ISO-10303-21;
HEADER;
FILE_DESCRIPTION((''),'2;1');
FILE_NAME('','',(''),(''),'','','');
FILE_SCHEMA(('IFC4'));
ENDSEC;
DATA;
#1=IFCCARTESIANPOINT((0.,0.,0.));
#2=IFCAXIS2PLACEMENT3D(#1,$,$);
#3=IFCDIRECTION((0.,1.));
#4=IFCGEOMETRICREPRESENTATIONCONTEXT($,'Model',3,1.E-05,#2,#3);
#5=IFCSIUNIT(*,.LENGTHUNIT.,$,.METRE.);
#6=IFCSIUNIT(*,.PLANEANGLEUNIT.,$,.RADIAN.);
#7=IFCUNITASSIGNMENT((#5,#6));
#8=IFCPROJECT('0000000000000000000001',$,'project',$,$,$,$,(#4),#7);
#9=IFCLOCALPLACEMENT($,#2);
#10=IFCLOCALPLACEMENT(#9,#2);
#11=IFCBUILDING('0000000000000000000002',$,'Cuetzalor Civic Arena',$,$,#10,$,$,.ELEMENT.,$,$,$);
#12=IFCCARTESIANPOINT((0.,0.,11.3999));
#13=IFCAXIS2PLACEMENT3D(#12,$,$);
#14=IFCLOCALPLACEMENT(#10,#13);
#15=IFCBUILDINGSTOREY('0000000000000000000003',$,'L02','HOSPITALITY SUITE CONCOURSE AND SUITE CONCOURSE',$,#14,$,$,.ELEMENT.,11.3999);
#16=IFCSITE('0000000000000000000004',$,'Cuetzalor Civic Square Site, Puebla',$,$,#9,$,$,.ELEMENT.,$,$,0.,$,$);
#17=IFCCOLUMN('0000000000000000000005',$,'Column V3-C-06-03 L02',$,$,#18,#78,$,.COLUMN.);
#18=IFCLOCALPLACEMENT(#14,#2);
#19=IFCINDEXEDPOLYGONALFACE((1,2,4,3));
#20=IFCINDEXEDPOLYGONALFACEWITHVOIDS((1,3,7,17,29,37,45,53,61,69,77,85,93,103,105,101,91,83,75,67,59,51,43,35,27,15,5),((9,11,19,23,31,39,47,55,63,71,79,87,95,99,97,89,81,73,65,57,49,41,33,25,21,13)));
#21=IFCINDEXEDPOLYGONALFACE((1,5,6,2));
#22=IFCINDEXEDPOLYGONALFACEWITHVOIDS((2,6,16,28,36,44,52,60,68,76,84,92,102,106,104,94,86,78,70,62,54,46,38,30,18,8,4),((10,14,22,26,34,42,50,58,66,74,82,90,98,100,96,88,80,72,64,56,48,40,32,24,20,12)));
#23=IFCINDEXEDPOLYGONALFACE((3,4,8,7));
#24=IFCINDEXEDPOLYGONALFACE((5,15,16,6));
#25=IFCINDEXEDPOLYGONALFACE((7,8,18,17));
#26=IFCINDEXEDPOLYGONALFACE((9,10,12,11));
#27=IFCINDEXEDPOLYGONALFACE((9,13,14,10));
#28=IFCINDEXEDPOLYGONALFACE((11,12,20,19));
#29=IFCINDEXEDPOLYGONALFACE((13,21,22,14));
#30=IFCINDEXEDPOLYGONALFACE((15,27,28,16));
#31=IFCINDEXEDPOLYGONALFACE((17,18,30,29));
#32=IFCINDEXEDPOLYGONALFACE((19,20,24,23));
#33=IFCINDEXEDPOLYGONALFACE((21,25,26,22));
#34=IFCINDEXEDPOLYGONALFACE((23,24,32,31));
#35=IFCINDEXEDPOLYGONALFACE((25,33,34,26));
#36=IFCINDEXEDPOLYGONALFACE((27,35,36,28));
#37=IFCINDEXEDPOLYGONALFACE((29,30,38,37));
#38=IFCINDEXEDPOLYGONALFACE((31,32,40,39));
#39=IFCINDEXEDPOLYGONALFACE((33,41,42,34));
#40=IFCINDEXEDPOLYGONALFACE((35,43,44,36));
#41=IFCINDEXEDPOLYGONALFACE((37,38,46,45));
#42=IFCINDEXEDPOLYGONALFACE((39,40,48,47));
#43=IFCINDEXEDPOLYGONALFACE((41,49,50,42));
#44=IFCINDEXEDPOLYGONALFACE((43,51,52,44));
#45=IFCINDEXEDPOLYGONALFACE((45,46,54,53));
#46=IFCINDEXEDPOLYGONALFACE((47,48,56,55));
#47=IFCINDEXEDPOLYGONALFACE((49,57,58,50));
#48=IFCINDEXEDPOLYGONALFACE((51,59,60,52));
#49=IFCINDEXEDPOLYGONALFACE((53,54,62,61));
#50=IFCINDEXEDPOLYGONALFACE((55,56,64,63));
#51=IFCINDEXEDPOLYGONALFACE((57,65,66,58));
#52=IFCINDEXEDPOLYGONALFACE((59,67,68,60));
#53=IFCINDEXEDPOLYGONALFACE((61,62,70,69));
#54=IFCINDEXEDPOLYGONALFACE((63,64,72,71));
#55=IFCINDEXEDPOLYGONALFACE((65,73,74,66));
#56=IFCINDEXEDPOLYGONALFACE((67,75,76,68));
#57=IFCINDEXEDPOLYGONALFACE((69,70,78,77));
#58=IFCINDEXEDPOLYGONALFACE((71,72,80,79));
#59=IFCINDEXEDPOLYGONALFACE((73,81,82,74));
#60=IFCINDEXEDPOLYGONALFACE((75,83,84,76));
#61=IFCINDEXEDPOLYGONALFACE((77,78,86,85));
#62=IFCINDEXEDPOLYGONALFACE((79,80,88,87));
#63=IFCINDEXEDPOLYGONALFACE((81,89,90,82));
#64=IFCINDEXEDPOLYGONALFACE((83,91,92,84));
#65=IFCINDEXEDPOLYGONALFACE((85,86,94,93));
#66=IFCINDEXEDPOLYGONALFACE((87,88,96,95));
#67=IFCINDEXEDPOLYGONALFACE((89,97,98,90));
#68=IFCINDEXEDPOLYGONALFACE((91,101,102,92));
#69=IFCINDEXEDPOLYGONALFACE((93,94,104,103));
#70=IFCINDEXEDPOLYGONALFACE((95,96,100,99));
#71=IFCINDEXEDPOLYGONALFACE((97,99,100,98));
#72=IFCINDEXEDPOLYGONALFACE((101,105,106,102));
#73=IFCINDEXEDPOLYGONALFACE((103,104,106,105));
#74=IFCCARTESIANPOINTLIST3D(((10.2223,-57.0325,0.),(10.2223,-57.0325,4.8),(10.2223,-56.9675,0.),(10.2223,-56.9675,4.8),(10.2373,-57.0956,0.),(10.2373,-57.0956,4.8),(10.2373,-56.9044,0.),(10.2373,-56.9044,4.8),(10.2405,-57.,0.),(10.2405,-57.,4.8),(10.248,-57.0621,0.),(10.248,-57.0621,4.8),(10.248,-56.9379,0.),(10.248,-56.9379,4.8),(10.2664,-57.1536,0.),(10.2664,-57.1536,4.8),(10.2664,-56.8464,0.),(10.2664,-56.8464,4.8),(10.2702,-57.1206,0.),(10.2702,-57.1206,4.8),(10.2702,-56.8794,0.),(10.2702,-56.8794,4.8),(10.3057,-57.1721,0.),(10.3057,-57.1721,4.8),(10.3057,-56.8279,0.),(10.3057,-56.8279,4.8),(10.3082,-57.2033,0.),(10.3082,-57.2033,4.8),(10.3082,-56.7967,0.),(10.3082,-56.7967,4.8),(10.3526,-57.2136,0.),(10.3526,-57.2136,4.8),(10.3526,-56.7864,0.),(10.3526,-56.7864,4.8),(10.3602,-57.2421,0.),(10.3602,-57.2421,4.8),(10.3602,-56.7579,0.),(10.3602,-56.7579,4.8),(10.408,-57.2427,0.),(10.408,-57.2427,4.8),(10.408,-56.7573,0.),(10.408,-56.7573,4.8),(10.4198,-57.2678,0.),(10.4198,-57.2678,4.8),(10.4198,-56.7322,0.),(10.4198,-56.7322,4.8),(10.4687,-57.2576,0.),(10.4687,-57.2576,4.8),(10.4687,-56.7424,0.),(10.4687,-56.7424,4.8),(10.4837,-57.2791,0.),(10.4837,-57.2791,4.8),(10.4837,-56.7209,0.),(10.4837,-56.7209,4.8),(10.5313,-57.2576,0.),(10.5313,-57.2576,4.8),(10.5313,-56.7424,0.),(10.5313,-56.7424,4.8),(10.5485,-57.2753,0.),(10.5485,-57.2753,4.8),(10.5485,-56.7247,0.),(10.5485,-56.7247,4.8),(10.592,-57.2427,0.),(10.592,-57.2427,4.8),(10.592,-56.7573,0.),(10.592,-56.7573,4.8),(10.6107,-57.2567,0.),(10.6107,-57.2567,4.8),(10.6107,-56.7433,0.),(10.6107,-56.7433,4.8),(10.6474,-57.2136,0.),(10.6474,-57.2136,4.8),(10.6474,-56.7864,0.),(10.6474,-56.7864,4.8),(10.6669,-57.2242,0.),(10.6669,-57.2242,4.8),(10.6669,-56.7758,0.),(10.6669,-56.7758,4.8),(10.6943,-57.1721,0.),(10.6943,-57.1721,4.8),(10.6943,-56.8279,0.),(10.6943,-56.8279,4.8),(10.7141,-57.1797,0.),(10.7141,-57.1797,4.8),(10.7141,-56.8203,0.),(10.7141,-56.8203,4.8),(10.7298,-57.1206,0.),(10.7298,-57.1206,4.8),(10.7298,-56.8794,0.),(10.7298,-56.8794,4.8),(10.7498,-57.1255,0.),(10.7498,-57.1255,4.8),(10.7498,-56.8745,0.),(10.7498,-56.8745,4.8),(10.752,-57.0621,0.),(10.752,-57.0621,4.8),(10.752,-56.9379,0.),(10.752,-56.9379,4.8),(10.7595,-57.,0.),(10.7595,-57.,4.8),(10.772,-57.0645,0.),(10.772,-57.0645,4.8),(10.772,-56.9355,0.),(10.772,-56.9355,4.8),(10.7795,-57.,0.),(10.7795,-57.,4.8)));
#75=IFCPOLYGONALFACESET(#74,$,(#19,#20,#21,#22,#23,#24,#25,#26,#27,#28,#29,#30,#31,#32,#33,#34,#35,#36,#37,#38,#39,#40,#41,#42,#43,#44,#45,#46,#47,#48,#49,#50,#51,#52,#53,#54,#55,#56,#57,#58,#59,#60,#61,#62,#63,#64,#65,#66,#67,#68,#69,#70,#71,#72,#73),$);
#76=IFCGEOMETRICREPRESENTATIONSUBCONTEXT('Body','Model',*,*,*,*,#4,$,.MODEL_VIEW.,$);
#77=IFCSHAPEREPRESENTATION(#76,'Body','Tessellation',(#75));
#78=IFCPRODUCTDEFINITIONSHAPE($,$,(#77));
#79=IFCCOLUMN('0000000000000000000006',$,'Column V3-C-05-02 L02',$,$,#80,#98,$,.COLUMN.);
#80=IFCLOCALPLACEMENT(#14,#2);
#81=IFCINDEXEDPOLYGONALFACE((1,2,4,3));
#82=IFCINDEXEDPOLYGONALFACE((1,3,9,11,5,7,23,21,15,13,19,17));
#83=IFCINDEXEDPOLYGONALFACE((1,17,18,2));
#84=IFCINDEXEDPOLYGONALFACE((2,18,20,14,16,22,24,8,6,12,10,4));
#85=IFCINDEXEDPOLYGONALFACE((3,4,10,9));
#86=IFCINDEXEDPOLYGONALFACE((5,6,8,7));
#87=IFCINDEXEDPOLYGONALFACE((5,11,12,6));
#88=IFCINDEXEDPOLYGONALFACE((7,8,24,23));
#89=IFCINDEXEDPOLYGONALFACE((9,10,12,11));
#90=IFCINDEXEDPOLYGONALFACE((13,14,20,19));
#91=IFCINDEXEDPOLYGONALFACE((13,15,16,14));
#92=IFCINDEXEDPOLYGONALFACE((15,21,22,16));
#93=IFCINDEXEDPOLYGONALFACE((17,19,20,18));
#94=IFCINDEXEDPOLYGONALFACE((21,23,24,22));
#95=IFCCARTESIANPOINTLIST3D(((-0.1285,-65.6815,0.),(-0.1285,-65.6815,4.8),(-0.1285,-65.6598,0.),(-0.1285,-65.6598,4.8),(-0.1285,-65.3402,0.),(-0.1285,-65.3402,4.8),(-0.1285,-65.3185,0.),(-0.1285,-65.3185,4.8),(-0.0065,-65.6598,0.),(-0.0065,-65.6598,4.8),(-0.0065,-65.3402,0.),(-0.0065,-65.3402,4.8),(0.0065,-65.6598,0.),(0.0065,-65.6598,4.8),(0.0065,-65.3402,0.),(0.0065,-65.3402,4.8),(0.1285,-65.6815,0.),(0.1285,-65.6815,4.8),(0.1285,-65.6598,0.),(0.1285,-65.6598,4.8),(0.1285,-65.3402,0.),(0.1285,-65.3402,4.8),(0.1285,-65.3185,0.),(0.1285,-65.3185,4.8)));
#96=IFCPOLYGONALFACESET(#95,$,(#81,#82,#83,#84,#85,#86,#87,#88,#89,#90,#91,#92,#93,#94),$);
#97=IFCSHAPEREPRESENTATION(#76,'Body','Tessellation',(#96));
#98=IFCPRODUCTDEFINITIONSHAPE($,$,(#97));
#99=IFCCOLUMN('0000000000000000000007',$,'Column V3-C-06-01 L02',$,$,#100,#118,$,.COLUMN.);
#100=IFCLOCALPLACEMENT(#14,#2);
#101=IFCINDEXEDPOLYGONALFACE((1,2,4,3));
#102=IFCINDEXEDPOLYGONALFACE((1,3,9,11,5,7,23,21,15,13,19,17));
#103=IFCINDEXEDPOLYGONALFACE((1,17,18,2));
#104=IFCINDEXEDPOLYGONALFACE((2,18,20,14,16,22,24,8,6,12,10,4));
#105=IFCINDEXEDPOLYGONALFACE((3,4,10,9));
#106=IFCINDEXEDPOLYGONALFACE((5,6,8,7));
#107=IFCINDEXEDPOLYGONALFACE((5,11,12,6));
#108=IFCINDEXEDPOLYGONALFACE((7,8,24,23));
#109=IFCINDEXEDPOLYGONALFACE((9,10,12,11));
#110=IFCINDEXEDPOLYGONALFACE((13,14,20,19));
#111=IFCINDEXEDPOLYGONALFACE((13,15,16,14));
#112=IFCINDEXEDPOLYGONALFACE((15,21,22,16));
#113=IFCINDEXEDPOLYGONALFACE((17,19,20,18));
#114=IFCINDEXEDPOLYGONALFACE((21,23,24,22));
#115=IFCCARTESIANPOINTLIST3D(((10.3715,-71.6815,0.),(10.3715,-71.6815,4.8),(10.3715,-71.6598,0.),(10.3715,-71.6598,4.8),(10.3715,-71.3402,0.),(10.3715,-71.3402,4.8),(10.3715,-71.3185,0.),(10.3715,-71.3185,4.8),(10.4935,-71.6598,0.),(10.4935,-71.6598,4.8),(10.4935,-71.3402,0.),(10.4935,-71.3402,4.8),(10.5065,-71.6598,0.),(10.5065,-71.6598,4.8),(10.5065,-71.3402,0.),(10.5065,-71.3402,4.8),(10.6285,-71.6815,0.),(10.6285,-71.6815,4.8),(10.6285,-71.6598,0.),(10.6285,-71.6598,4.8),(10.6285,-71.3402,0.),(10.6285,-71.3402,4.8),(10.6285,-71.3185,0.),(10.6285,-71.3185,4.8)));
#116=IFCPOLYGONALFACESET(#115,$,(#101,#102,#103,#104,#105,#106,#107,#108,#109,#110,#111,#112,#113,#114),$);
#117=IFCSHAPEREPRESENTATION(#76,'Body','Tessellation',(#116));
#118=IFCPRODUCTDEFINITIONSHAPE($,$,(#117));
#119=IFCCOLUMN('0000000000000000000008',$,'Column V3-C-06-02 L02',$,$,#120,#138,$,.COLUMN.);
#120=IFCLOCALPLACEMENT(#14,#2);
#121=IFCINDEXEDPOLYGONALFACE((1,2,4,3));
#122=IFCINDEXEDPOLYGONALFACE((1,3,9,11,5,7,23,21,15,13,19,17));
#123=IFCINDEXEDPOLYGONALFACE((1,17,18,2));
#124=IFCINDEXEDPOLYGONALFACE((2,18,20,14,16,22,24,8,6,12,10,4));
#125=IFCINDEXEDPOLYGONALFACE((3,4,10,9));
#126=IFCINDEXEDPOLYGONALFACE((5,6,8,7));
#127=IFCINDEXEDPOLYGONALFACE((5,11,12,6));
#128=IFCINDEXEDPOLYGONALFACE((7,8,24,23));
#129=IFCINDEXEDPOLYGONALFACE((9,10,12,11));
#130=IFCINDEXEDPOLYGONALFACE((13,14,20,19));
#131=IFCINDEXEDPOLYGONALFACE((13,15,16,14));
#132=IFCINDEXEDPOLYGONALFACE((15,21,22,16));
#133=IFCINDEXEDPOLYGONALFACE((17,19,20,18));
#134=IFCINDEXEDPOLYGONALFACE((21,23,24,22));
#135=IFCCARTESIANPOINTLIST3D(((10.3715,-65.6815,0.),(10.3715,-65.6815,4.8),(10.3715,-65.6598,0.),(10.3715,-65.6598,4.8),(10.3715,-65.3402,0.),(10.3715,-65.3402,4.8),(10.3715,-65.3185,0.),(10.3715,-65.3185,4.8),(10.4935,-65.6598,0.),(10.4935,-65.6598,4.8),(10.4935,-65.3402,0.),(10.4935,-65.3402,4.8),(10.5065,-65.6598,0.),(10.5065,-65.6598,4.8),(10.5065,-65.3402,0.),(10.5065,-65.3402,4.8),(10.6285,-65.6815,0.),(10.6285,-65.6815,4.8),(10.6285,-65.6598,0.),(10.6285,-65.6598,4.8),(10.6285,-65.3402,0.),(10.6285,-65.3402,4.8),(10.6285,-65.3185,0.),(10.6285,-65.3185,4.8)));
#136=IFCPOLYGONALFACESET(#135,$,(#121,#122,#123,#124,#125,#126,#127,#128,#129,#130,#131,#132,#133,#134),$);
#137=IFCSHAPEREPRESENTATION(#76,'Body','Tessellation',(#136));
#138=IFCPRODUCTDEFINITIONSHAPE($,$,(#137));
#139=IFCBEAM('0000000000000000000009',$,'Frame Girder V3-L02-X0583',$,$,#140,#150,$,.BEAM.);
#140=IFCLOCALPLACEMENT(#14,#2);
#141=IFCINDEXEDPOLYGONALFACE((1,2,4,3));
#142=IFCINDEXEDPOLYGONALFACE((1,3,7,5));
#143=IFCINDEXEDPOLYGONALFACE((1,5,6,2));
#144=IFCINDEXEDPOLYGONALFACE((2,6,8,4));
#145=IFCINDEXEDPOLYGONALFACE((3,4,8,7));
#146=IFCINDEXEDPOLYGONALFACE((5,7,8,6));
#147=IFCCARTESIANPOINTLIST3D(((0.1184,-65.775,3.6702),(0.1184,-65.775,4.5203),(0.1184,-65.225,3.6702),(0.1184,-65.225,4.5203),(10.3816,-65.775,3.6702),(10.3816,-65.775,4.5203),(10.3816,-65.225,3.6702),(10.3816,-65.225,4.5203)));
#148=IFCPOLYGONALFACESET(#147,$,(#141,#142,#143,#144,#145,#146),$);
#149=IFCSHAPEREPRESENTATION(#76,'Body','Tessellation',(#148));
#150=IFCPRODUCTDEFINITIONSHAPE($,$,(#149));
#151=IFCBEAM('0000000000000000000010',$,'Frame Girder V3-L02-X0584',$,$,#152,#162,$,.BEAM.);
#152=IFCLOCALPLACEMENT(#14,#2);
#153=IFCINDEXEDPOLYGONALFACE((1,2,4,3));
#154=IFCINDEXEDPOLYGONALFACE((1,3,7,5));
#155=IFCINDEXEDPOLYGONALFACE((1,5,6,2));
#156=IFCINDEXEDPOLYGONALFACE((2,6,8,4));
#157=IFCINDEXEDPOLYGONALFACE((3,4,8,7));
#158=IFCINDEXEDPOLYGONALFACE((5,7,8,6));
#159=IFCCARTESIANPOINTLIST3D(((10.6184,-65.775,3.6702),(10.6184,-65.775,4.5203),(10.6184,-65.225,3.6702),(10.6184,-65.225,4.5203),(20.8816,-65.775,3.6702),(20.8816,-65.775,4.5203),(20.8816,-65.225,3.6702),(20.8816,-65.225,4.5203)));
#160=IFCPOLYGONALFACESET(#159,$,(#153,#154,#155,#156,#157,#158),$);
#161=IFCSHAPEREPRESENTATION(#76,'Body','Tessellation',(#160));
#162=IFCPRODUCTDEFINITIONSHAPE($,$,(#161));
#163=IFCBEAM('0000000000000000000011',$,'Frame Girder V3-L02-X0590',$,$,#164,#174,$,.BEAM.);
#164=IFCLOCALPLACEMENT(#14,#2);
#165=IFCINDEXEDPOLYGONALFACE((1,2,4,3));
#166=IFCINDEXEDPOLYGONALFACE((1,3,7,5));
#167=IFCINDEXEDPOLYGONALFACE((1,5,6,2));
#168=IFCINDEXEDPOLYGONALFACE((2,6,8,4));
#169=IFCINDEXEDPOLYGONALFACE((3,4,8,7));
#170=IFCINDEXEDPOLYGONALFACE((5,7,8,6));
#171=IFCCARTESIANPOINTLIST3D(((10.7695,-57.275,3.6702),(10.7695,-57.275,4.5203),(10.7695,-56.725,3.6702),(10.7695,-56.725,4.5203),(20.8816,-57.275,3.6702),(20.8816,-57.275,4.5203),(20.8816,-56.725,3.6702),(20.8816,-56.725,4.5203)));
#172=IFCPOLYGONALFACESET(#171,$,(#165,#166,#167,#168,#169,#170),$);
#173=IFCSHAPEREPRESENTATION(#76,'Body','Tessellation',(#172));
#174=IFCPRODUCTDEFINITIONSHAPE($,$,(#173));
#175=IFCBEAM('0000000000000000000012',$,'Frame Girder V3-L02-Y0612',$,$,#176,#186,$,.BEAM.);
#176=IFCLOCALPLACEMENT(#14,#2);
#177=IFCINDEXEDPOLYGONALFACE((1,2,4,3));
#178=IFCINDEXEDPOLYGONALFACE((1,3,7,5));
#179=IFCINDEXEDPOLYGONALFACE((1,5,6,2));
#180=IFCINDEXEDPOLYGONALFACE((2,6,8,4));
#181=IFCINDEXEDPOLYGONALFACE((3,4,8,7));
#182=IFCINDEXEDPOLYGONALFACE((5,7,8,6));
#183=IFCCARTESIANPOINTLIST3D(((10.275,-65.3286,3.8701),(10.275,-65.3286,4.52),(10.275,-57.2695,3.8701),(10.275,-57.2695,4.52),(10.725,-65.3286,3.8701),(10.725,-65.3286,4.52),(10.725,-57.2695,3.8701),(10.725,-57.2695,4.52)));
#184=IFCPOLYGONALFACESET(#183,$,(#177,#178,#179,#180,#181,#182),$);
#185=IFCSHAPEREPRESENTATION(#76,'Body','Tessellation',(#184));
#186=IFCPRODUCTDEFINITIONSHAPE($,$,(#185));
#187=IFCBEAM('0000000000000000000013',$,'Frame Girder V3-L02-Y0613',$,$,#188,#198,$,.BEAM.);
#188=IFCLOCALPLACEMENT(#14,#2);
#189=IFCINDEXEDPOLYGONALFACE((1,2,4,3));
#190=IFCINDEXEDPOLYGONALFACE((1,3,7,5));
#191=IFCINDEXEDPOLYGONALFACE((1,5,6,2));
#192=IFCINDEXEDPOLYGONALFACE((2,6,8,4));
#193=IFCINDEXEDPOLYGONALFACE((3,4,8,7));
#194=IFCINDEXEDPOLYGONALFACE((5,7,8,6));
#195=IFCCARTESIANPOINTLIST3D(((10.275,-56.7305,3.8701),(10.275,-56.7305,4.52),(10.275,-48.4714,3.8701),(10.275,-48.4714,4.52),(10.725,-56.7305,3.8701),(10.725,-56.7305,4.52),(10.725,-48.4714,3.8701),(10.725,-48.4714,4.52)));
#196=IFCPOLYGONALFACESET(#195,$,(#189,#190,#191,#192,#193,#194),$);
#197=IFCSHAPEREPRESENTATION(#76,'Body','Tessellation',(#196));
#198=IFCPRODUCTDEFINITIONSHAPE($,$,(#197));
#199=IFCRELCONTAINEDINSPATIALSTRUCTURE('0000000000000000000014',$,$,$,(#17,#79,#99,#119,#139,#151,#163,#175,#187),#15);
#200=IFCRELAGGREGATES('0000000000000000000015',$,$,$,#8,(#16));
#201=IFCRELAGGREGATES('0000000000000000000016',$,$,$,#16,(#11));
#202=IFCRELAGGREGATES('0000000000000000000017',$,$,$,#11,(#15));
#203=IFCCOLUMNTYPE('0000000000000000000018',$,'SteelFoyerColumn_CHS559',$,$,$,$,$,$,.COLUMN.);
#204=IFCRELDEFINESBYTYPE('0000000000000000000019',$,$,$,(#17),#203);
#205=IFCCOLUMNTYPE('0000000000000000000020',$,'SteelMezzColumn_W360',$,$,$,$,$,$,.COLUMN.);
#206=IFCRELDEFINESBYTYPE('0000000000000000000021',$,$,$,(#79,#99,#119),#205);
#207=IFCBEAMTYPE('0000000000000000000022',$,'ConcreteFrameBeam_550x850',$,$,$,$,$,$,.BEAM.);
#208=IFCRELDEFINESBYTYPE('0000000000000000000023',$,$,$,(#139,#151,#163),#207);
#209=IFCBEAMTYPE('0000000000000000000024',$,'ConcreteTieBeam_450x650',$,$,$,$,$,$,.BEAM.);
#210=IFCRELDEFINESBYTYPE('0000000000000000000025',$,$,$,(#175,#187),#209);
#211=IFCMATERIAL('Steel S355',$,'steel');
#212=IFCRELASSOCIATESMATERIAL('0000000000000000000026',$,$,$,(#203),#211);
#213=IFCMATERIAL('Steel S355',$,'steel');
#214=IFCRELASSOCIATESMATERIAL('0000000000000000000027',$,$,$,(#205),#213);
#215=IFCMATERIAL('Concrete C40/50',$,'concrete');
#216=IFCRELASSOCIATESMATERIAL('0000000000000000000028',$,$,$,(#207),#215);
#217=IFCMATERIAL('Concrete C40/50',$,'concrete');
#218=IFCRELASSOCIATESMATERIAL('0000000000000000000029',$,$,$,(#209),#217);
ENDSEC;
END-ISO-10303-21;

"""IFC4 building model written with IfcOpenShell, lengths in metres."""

from ifc_helpers import new_model, si_unit, direction, frame, origin, origin_2d, place, context, subcontext, project, spatial, rectangle, hollow_circle, i_section, extrude, material, material_profile, profile_set, type_object, element, save


model = new_model("IFC4")

# Units and contexts
model_context = context("Model", 3, precision=1e-05, world=origin(), true_north=direction((0.0, 1.0)))
body_context = subcontext(model_context, "Body", "Model", "MODEL_VIEW")
ifc_project = project(units=[si_unit("LENGTHUNIT", "METRE"), si_unit("PLANEANGLEUNIT", "RADIAN")], contexts=[model_context])

# Site, building, storey
site_placement = place(None, origin())
site = spatial("IfcSite", under=ifc_project, at=site_placement, Name="Cuetzalor Civic Square Site, Puebla", CompositionType="ELEMENT", RefElevation=0.0)
building_placement = place(site_placement, origin())
building = spatial("IfcBuilding", under=site, at=building_placement, Name="Cuetzalor Civic Arena", CompositionType="ELEMENT")
storey_placement = place(building_placement, frame((0.0, 0.0, 11.3999)))
storey = spatial("IfcBuildingStorey", under=building, at=storey_placement, Name="L02", Description="HOSPITALITY SUITE CONCOURSE AND SUITE CONCOURSE", CompositionType="ELEMENT", Elevation=11.3999)

# Columns
ifc_material_1 = material(Name="Steel S355", Category="steel")
ifc_material_profile_1 = material_profile(ifc_material_1, hollow_circle(Radius=0.2795, WallThickness=0.02, at=origin_2d()), Name="CHS 559x20")
ifc_profile_set_1 = profile_set([ifc_material_profile_1], Name="Steel S355")
column_type_1 = type_object("IfcColumnType", Name="SteelFoyerColumn_CHS559", PredefinedType="COLUMN", material=ifc_profile_set_1)
column_placement = place(storey_placement, frame((10.5, -57.0, 0.0), z_axis=(0.0, 0.0, 1.0), x_axis=(1.0, 0.0, 0.0)))
element("IfcColumn", 1, at=column_placement, inside=storey, type_object=column_type_1, Name="Column V3-C-06-03 L02", PredefinedType="COLUMN", context=body_context, shape_type="SweptSolid", body=[
    extrude(hollow_circle(Radius=0.2795, WallThickness=0.02, at=origin_2d()), origin(), (0.0, 0.0, 1.0), 4.8),
])
ifc_material_2 = material(Name="Steel S355", Category="steel")
ifc_material_profile_2 = material_profile(ifc_material_2, i_section(OverallWidth=0.2571, OverallDepth=0.363, WebThickness=0.0129, FlangeThickness=0.0217, at=origin_2d()), Name="W360x122")
ifc_profile_set_2 = profile_set([ifc_material_profile_2], Name="Steel S355")
column_type_2 = type_object("IfcColumnType", Name="SteelMezzColumn_W360", PredefinedType="COLUMN", material=ifc_profile_set_2)
for number, where, z_axis, x_axis, name in (
    (2, (0.0, -65.5, 0.0), (0.0, 0.0, 1.0), (1.0, 0.0, 0.0), "Column V3-C-05-02 L02"),
    (3, (10.5, -71.5, 0.0), (0.0, 0.0, 1.0), (1.0, 0.0, 0.0), "Column V3-C-06-01 L02"),
    (4, (10.5, -65.5, 0.0), (0.0, 0.0, 1.0), (1.0, 0.0, 0.0), "Column V3-C-06-02 L02"),
):
    element("IfcColumn", number, at=place(storey_placement, frame(where, z_axis=z_axis, x_axis=x_axis)), inside=storey, type_object=column_type_2, Name=name, PredefinedType="COLUMN", context=body_context, shape_type="SweptSolid", body=[
        extrude(i_section(OverallWidth=0.2571, OverallDepth=0.363, WebThickness=0.0129, FlangeThickness=0.0217, at=origin_2d()), origin(), (0.0, 0.0, 1.0), 4.8),
    ])

# Beams
ifc_material_3 = material(Name="Concrete C40/50", Category="concrete")
ifc_material_profile_3 = material_profile(ifc_material_3, rectangle(XDim=0.55, YDim=0.8501, at=origin_2d()), Name="RC 550x850")
ifc_profile_set_3 = profile_set([ifc_material_profile_3], Name="Concrete C40/50")
beam_type_1 = type_object("IfcBeamType", Name="ConcreteFrameBeam_550x850", PredefinedType="BEAM", material=ifc_profile_set_3)
for number, where, z_axis, x_axis, name in (
    (5, (0.1184, -65.5, 4.0952), (1.0, 0.0, 0.0), (0.0, 1.0, 0.0), "Frame Girder V3-L02-X0583"),
    (6, (10.6184, -65.5, 4.0952), (1.0, 0.0, 0.0), (0.0, 1.0, 0.0), "Frame Girder V3-L02-X0584"),
):
    element("IfcBeam", number, at=place(storey_placement, frame(where, z_axis=z_axis, x_axis=x_axis)), inside=storey, type_object=beam_type_1, Name=name, PredefinedType="BEAM", context=body_context, shape_type="SweptSolid", body=[
        extrude(rectangle(XDim=0.55, YDim=0.8501, at=origin_2d()), origin(), (0.0, 0.0, 1.0), 10.2632),
    ])
beam_1_placement = place(storey_placement, frame((10.7695, -57.0, 4.0952), z_axis=(1.0, 0.0, 0.0), x_axis=(0.0, 1.0, 0.0)))
element("IfcBeam", 7, at=beam_1_placement, inside=storey, type_object=beam_type_1, Name="Frame Girder V3-L02-X0590", PredefinedType="BEAM", context=body_context, shape_type="SweptSolid", body=[
    extrude(rectangle(XDim=0.55, YDim=0.8501, at=origin_2d()), origin(), (0.0, 0.0, 1.0), 10.1121),
])
ifc_material_4 = material(Name="Concrete C40/50", Category="concrete")
ifc_material_profile_4 = material_profile(ifc_material_4, rectangle(XDim=0.45, YDim=0.6499, at=origin_2d()), Name="RC 450x650")
ifc_profile_set_4 = profile_set([ifc_material_profile_4], Name="Concrete C40/50")
beam_type_2 = type_object("IfcBeamType", Name="ConcreteTieBeam_450x650", PredefinedType="BEAM", material=ifc_profile_set_4)
beam_2_placement = place(storey_placement, frame((10.5, -65.3286, 4.1951), z_axis=(0.0, 1.0, 0.0), x_axis=(-1.0, 0.0, 0.0)))
element("IfcBeam", 8, at=beam_2_placement, inside=storey, type_object=beam_type_2, Name="Frame Girder V3-L02-Y0612", PredefinedType="BEAM", context=body_context, shape_type="SweptSolid", body=[
    extrude(rectangle(XDim=0.45, YDim=0.6499, at=origin_2d()), origin(), (0.0, 0.0, 1.0), 8.0591),
])
beam_3_placement = place(storey_placement, frame((10.5, -56.7305, 4.1951), z_axis=(0.0, 1.0, 0.0), x_axis=(-1.0, 0.0, 0.0)))
element("IfcBeam", 9, at=beam_3_placement, inside=storey, type_object=beam_type_2, Name="Frame Girder V3-L02-Y0613", PredefinedType="BEAM", context=body_context, shape_type="SweptSolid", body=[
    extrude(rectangle(XDim=0.45, YDim=0.6499, at=origin_2d()), origin(), (0.0, 0.0, 1.0), 8.259),
])

save(model, "model.ifc")
